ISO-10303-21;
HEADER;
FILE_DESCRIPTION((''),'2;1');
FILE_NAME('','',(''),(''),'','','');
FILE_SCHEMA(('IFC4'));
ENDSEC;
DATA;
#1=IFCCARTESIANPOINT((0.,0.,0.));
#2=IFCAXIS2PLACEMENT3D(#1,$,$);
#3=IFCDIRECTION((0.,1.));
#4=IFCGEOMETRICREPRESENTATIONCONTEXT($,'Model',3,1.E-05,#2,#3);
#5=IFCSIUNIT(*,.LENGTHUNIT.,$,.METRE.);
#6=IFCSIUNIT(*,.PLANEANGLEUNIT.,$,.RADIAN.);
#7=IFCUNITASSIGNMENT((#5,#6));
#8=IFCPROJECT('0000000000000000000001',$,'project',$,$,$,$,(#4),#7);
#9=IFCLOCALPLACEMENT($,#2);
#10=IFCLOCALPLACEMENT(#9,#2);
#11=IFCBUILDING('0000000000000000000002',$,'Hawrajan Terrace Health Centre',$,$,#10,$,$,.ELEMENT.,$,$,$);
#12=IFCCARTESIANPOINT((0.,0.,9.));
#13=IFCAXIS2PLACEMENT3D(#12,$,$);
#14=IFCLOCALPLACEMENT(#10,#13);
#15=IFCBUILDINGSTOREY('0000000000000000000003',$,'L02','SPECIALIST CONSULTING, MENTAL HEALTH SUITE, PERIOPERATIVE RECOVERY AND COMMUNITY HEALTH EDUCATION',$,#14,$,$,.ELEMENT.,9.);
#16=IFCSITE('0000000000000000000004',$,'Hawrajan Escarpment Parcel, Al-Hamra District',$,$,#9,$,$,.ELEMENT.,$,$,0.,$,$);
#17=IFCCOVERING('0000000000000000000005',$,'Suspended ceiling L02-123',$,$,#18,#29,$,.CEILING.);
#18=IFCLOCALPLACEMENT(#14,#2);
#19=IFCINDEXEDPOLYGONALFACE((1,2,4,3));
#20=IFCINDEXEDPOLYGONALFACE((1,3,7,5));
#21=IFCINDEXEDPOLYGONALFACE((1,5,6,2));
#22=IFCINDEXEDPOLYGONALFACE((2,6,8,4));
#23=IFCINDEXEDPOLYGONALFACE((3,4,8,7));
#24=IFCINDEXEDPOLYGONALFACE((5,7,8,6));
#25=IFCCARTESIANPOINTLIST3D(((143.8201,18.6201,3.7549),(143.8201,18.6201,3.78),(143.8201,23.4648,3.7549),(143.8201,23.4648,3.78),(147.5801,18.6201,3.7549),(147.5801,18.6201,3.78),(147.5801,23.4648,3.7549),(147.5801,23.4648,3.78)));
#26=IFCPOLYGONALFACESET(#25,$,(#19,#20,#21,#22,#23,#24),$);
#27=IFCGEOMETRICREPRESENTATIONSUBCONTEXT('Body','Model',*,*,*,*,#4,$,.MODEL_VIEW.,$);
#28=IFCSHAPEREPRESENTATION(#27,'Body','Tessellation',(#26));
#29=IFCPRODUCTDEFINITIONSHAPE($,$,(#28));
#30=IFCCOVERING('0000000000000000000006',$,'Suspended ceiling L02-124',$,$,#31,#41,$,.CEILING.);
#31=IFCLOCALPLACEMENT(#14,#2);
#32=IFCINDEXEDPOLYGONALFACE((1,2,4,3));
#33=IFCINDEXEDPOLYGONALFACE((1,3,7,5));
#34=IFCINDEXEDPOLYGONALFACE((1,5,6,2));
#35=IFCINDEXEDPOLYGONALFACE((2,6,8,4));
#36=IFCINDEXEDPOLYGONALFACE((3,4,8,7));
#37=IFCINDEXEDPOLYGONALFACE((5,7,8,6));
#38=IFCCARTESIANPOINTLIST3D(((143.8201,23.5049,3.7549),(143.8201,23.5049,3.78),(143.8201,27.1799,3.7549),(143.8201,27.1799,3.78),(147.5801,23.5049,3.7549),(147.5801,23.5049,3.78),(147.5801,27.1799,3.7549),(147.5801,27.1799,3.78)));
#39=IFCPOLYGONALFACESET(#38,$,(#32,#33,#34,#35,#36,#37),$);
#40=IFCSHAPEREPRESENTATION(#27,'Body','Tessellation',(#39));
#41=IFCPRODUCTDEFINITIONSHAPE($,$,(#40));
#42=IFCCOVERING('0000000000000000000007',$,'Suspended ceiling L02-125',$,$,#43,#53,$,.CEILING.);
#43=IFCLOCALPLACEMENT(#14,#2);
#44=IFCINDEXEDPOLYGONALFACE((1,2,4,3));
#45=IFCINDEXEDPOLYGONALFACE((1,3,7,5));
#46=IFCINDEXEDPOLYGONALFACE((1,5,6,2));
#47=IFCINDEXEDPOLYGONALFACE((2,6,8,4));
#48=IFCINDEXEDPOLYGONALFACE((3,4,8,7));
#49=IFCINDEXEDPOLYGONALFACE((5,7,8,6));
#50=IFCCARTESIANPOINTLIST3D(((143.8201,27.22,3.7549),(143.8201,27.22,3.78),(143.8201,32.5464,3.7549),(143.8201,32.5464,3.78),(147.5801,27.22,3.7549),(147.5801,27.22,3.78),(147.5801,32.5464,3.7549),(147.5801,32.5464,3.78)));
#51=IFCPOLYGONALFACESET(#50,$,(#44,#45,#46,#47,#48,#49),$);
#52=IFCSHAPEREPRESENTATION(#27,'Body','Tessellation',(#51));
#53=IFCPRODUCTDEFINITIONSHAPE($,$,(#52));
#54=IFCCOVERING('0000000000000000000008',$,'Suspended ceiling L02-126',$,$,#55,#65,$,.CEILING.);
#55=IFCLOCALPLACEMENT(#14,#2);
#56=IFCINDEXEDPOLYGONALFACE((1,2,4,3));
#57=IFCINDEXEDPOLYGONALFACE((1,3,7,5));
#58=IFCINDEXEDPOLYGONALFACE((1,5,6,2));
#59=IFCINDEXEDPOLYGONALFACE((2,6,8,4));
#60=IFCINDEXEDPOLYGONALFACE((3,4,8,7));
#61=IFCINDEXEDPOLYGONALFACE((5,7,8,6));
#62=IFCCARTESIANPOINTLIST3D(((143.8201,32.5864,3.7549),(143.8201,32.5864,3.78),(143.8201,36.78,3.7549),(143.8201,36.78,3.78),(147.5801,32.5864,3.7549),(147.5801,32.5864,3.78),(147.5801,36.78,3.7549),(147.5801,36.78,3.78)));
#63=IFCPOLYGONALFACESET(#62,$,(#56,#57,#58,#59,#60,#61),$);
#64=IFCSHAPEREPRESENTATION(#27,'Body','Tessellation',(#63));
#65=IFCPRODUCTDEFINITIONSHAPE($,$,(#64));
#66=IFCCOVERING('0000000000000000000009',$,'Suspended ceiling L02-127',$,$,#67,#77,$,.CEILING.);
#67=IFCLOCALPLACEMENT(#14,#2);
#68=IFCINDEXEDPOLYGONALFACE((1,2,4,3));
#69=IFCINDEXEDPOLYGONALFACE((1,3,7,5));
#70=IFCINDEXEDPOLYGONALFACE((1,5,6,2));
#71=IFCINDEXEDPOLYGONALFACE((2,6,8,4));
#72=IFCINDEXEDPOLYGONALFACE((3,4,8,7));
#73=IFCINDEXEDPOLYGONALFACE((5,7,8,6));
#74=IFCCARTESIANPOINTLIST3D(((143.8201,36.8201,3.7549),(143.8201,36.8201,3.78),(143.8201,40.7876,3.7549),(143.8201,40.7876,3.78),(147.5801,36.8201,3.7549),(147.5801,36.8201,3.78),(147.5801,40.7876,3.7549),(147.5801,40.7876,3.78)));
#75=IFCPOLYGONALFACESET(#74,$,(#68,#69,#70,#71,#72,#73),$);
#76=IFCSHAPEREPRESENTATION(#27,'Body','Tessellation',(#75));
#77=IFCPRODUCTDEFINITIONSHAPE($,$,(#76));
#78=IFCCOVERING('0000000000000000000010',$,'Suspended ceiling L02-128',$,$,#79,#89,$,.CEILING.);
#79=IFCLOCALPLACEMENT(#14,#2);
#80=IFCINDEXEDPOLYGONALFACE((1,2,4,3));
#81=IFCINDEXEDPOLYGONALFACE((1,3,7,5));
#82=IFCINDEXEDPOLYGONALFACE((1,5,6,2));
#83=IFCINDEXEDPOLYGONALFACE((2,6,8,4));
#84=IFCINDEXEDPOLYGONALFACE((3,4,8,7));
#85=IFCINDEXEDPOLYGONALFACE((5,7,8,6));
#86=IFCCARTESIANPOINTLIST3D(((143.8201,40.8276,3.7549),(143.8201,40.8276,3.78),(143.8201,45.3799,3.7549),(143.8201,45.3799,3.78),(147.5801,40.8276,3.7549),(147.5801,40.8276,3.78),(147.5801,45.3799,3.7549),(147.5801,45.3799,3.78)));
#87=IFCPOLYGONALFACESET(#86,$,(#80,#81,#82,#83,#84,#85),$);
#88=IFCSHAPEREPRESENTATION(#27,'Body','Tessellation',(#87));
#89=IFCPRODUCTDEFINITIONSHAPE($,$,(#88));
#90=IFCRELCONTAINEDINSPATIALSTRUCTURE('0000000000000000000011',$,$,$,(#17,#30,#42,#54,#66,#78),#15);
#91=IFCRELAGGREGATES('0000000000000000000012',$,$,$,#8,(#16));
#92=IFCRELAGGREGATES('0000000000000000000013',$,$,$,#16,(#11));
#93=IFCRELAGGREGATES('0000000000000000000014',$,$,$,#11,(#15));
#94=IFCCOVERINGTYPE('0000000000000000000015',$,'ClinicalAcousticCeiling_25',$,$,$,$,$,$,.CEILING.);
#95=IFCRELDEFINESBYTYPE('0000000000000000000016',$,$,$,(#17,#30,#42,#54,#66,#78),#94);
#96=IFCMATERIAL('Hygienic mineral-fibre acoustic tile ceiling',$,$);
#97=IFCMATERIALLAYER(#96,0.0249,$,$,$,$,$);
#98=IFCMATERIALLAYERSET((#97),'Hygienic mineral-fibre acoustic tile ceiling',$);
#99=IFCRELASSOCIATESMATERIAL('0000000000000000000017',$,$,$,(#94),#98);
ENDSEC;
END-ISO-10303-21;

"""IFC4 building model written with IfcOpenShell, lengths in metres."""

from ifc_helpers import new_model, si_unit, direction, frame, origin, place, context, subcontext, project, spatial, polyline, outline, extrude, material, layer, layer_set, type_object, element, save


model = new_model("IFC4")

# Units and contexts
model_context = context("Model", 3, precision=1e-05, world=origin(), true_north=direction((0.0, 1.0)))
body_context = subcontext(model_context, "Body", "Model", "MODEL_VIEW")
ifc_project = project(units=[si_unit("LENGTHUNIT", "METRE"), si_unit("PLANEANGLEUNIT", "RADIAN")], contexts=[model_context])

# Site, building, storey
site_placement = place(None, origin())
site = spatial("IfcSite", under=ifc_project, at=site_placement, Name="Hawrajan Escarpment Parcel, Al-Hamra District", CompositionType="ELEMENT", RefElevation=0.0)
building_placement = place(site_placement, origin())
building = spatial("IfcBuilding", under=site, at=building_placement, Name="Hawrajan Terrace Health Centre", CompositionType="ELEMENT")
storey_placement = place(building_placement, frame((0.0, 0.0, 9.0)))
storey = spatial("IfcBuildingStorey", under=building, at=storey_placement, Name="L02", Description="SPECIALIST CONSULTING, MENTAL HEALTH SUITE, PERIOPERATIVE RECOVERY AND COMMUNITY HEALTH EDUCATION", CompositionType="ELEMENT", Elevation=9.0)

# Coverings
ifc_material = material(Name="Hygienic mineral-fibre acoustic tile ceiling")
ifc_layer = layer(ifc_material, 0.0249)
ifc_layer_set = layer_set([ifc_layer], Name="Hygienic mineral-fibre acoustic tile ceiling")
covering_type = type_object("IfcCoveringType", Name="ClinicalAcousticCeiling_25", PredefinedType="CEILING", material=ifc_layer_set)
covering_1_placement = place(storey_placement, frame((0.0, 0.0, 3.7549)))
element("IfcCovering", 1, at=covering_1_placement, inside=storey, type_object=covering_type, Name="Suspended ceiling L02-123", PredefinedType="CEILING", context=body_context, shape_type="SweptSolid", body=[
    extrude(outline(polyline([(143.8201, 23.4648), (147.5801, 23.4648), (147.5801, 18.6201), (143.8201, 18.6201), (143.8201, 23.4648)])), origin(), (0.0, 0.0, 1.0), 0.0251),
])
covering_2_placement = place(storey_placement, frame((0.0, 0.0, 3.7549)))
element("IfcCovering", 2, at=covering_2_placement, inside=storey, type_object=covering_type, Name="Suspended ceiling L02-124", PredefinedType="CEILING", context=body_context, shape_type="SweptSolid", body=[
    extrude(outline(polyline([(143.8201, 27.1799), (147.5801, 27.1799), (147.5801, 23.5049), (143.8201, 23.5049), (143.8201, 27.1799)])), origin(), (0.0, 0.0, 1.0), 0.0251),
])
covering_3_placement = place(storey_placement, frame((0.0, 0.0, 3.7549)))
element("IfcCovering", 3, at=covering_3_placement, inside=storey, type_object=covering_type, Name="Suspended ceiling L02-125", PredefinedType="CEILING", context=body_context, shape_type="SweptSolid", body=[
    extrude(outline(polyline([(143.8201, 32.5464), (147.5801, 32.5464), (147.5801, 27.22), (143.8201, 27.22), (143.8201, 32.5464)])), origin(), (0.0, 0.0, 1.0), 0.0251),
])
covering_4_placement = place(storey_placement, frame((0.0, 0.0, 3.7549)))
element("IfcCovering", 4, at=covering_4_placement, inside=storey, type_object=covering_type, Name="Suspended ceiling L02-126", PredefinedType="CEILING", context=body_context, shape_type="SweptSolid", body=[
    extrude(outline(polyline([(143.8201, 36.78), (147.5801, 36.78), (147.5801, 32.5864), (143.8201, 32.5864), (143.8201, 36.78)])), origin(), (0.0, 0.0, 1.0), 0.0251),
])
covering_5_placement = place(storey_placement, frame((0.0, 0.0, 3.7549)))
element("IfcCovering", 5, at=covering_5_placement, inside=storey, type_object=covering_type, Name="Suspended ceiling L02-127", PredefinedType="CEILING", context=body_context, shape_type="SweptSolid", body=[
    extrude(outline(polyline([(143.8201, 40.7876), (147.5801, 40.7876), (147.5801, 36.8201), (143.8201, 36.8201), (143.8201, 40.7876)])), origin(), (0.0, 0.0, 1.0), 0.0251),
])
covering_6_placement = place(storey_placement, frame((0.0, 0.0, 3.7549)))
element("IfcCovering", 6, at=covering_6_placement, inside=storey, type_object=covering_type, Name="Suspended ceiling L02-128", PredefinedType="CEILING", context=body_context, shape_type="SweptSolid", body=[
    extrude(outline(polyline([(143.8201, 45.3799), (147.5801, 45.3799), (147.5801, 40.8276), (143.8201, 40.8276), (143.8201, 45.3799)])), origin(), (0.0, 0.0, 1.0), 0.0251),
])

save(model, "model.ifc")
